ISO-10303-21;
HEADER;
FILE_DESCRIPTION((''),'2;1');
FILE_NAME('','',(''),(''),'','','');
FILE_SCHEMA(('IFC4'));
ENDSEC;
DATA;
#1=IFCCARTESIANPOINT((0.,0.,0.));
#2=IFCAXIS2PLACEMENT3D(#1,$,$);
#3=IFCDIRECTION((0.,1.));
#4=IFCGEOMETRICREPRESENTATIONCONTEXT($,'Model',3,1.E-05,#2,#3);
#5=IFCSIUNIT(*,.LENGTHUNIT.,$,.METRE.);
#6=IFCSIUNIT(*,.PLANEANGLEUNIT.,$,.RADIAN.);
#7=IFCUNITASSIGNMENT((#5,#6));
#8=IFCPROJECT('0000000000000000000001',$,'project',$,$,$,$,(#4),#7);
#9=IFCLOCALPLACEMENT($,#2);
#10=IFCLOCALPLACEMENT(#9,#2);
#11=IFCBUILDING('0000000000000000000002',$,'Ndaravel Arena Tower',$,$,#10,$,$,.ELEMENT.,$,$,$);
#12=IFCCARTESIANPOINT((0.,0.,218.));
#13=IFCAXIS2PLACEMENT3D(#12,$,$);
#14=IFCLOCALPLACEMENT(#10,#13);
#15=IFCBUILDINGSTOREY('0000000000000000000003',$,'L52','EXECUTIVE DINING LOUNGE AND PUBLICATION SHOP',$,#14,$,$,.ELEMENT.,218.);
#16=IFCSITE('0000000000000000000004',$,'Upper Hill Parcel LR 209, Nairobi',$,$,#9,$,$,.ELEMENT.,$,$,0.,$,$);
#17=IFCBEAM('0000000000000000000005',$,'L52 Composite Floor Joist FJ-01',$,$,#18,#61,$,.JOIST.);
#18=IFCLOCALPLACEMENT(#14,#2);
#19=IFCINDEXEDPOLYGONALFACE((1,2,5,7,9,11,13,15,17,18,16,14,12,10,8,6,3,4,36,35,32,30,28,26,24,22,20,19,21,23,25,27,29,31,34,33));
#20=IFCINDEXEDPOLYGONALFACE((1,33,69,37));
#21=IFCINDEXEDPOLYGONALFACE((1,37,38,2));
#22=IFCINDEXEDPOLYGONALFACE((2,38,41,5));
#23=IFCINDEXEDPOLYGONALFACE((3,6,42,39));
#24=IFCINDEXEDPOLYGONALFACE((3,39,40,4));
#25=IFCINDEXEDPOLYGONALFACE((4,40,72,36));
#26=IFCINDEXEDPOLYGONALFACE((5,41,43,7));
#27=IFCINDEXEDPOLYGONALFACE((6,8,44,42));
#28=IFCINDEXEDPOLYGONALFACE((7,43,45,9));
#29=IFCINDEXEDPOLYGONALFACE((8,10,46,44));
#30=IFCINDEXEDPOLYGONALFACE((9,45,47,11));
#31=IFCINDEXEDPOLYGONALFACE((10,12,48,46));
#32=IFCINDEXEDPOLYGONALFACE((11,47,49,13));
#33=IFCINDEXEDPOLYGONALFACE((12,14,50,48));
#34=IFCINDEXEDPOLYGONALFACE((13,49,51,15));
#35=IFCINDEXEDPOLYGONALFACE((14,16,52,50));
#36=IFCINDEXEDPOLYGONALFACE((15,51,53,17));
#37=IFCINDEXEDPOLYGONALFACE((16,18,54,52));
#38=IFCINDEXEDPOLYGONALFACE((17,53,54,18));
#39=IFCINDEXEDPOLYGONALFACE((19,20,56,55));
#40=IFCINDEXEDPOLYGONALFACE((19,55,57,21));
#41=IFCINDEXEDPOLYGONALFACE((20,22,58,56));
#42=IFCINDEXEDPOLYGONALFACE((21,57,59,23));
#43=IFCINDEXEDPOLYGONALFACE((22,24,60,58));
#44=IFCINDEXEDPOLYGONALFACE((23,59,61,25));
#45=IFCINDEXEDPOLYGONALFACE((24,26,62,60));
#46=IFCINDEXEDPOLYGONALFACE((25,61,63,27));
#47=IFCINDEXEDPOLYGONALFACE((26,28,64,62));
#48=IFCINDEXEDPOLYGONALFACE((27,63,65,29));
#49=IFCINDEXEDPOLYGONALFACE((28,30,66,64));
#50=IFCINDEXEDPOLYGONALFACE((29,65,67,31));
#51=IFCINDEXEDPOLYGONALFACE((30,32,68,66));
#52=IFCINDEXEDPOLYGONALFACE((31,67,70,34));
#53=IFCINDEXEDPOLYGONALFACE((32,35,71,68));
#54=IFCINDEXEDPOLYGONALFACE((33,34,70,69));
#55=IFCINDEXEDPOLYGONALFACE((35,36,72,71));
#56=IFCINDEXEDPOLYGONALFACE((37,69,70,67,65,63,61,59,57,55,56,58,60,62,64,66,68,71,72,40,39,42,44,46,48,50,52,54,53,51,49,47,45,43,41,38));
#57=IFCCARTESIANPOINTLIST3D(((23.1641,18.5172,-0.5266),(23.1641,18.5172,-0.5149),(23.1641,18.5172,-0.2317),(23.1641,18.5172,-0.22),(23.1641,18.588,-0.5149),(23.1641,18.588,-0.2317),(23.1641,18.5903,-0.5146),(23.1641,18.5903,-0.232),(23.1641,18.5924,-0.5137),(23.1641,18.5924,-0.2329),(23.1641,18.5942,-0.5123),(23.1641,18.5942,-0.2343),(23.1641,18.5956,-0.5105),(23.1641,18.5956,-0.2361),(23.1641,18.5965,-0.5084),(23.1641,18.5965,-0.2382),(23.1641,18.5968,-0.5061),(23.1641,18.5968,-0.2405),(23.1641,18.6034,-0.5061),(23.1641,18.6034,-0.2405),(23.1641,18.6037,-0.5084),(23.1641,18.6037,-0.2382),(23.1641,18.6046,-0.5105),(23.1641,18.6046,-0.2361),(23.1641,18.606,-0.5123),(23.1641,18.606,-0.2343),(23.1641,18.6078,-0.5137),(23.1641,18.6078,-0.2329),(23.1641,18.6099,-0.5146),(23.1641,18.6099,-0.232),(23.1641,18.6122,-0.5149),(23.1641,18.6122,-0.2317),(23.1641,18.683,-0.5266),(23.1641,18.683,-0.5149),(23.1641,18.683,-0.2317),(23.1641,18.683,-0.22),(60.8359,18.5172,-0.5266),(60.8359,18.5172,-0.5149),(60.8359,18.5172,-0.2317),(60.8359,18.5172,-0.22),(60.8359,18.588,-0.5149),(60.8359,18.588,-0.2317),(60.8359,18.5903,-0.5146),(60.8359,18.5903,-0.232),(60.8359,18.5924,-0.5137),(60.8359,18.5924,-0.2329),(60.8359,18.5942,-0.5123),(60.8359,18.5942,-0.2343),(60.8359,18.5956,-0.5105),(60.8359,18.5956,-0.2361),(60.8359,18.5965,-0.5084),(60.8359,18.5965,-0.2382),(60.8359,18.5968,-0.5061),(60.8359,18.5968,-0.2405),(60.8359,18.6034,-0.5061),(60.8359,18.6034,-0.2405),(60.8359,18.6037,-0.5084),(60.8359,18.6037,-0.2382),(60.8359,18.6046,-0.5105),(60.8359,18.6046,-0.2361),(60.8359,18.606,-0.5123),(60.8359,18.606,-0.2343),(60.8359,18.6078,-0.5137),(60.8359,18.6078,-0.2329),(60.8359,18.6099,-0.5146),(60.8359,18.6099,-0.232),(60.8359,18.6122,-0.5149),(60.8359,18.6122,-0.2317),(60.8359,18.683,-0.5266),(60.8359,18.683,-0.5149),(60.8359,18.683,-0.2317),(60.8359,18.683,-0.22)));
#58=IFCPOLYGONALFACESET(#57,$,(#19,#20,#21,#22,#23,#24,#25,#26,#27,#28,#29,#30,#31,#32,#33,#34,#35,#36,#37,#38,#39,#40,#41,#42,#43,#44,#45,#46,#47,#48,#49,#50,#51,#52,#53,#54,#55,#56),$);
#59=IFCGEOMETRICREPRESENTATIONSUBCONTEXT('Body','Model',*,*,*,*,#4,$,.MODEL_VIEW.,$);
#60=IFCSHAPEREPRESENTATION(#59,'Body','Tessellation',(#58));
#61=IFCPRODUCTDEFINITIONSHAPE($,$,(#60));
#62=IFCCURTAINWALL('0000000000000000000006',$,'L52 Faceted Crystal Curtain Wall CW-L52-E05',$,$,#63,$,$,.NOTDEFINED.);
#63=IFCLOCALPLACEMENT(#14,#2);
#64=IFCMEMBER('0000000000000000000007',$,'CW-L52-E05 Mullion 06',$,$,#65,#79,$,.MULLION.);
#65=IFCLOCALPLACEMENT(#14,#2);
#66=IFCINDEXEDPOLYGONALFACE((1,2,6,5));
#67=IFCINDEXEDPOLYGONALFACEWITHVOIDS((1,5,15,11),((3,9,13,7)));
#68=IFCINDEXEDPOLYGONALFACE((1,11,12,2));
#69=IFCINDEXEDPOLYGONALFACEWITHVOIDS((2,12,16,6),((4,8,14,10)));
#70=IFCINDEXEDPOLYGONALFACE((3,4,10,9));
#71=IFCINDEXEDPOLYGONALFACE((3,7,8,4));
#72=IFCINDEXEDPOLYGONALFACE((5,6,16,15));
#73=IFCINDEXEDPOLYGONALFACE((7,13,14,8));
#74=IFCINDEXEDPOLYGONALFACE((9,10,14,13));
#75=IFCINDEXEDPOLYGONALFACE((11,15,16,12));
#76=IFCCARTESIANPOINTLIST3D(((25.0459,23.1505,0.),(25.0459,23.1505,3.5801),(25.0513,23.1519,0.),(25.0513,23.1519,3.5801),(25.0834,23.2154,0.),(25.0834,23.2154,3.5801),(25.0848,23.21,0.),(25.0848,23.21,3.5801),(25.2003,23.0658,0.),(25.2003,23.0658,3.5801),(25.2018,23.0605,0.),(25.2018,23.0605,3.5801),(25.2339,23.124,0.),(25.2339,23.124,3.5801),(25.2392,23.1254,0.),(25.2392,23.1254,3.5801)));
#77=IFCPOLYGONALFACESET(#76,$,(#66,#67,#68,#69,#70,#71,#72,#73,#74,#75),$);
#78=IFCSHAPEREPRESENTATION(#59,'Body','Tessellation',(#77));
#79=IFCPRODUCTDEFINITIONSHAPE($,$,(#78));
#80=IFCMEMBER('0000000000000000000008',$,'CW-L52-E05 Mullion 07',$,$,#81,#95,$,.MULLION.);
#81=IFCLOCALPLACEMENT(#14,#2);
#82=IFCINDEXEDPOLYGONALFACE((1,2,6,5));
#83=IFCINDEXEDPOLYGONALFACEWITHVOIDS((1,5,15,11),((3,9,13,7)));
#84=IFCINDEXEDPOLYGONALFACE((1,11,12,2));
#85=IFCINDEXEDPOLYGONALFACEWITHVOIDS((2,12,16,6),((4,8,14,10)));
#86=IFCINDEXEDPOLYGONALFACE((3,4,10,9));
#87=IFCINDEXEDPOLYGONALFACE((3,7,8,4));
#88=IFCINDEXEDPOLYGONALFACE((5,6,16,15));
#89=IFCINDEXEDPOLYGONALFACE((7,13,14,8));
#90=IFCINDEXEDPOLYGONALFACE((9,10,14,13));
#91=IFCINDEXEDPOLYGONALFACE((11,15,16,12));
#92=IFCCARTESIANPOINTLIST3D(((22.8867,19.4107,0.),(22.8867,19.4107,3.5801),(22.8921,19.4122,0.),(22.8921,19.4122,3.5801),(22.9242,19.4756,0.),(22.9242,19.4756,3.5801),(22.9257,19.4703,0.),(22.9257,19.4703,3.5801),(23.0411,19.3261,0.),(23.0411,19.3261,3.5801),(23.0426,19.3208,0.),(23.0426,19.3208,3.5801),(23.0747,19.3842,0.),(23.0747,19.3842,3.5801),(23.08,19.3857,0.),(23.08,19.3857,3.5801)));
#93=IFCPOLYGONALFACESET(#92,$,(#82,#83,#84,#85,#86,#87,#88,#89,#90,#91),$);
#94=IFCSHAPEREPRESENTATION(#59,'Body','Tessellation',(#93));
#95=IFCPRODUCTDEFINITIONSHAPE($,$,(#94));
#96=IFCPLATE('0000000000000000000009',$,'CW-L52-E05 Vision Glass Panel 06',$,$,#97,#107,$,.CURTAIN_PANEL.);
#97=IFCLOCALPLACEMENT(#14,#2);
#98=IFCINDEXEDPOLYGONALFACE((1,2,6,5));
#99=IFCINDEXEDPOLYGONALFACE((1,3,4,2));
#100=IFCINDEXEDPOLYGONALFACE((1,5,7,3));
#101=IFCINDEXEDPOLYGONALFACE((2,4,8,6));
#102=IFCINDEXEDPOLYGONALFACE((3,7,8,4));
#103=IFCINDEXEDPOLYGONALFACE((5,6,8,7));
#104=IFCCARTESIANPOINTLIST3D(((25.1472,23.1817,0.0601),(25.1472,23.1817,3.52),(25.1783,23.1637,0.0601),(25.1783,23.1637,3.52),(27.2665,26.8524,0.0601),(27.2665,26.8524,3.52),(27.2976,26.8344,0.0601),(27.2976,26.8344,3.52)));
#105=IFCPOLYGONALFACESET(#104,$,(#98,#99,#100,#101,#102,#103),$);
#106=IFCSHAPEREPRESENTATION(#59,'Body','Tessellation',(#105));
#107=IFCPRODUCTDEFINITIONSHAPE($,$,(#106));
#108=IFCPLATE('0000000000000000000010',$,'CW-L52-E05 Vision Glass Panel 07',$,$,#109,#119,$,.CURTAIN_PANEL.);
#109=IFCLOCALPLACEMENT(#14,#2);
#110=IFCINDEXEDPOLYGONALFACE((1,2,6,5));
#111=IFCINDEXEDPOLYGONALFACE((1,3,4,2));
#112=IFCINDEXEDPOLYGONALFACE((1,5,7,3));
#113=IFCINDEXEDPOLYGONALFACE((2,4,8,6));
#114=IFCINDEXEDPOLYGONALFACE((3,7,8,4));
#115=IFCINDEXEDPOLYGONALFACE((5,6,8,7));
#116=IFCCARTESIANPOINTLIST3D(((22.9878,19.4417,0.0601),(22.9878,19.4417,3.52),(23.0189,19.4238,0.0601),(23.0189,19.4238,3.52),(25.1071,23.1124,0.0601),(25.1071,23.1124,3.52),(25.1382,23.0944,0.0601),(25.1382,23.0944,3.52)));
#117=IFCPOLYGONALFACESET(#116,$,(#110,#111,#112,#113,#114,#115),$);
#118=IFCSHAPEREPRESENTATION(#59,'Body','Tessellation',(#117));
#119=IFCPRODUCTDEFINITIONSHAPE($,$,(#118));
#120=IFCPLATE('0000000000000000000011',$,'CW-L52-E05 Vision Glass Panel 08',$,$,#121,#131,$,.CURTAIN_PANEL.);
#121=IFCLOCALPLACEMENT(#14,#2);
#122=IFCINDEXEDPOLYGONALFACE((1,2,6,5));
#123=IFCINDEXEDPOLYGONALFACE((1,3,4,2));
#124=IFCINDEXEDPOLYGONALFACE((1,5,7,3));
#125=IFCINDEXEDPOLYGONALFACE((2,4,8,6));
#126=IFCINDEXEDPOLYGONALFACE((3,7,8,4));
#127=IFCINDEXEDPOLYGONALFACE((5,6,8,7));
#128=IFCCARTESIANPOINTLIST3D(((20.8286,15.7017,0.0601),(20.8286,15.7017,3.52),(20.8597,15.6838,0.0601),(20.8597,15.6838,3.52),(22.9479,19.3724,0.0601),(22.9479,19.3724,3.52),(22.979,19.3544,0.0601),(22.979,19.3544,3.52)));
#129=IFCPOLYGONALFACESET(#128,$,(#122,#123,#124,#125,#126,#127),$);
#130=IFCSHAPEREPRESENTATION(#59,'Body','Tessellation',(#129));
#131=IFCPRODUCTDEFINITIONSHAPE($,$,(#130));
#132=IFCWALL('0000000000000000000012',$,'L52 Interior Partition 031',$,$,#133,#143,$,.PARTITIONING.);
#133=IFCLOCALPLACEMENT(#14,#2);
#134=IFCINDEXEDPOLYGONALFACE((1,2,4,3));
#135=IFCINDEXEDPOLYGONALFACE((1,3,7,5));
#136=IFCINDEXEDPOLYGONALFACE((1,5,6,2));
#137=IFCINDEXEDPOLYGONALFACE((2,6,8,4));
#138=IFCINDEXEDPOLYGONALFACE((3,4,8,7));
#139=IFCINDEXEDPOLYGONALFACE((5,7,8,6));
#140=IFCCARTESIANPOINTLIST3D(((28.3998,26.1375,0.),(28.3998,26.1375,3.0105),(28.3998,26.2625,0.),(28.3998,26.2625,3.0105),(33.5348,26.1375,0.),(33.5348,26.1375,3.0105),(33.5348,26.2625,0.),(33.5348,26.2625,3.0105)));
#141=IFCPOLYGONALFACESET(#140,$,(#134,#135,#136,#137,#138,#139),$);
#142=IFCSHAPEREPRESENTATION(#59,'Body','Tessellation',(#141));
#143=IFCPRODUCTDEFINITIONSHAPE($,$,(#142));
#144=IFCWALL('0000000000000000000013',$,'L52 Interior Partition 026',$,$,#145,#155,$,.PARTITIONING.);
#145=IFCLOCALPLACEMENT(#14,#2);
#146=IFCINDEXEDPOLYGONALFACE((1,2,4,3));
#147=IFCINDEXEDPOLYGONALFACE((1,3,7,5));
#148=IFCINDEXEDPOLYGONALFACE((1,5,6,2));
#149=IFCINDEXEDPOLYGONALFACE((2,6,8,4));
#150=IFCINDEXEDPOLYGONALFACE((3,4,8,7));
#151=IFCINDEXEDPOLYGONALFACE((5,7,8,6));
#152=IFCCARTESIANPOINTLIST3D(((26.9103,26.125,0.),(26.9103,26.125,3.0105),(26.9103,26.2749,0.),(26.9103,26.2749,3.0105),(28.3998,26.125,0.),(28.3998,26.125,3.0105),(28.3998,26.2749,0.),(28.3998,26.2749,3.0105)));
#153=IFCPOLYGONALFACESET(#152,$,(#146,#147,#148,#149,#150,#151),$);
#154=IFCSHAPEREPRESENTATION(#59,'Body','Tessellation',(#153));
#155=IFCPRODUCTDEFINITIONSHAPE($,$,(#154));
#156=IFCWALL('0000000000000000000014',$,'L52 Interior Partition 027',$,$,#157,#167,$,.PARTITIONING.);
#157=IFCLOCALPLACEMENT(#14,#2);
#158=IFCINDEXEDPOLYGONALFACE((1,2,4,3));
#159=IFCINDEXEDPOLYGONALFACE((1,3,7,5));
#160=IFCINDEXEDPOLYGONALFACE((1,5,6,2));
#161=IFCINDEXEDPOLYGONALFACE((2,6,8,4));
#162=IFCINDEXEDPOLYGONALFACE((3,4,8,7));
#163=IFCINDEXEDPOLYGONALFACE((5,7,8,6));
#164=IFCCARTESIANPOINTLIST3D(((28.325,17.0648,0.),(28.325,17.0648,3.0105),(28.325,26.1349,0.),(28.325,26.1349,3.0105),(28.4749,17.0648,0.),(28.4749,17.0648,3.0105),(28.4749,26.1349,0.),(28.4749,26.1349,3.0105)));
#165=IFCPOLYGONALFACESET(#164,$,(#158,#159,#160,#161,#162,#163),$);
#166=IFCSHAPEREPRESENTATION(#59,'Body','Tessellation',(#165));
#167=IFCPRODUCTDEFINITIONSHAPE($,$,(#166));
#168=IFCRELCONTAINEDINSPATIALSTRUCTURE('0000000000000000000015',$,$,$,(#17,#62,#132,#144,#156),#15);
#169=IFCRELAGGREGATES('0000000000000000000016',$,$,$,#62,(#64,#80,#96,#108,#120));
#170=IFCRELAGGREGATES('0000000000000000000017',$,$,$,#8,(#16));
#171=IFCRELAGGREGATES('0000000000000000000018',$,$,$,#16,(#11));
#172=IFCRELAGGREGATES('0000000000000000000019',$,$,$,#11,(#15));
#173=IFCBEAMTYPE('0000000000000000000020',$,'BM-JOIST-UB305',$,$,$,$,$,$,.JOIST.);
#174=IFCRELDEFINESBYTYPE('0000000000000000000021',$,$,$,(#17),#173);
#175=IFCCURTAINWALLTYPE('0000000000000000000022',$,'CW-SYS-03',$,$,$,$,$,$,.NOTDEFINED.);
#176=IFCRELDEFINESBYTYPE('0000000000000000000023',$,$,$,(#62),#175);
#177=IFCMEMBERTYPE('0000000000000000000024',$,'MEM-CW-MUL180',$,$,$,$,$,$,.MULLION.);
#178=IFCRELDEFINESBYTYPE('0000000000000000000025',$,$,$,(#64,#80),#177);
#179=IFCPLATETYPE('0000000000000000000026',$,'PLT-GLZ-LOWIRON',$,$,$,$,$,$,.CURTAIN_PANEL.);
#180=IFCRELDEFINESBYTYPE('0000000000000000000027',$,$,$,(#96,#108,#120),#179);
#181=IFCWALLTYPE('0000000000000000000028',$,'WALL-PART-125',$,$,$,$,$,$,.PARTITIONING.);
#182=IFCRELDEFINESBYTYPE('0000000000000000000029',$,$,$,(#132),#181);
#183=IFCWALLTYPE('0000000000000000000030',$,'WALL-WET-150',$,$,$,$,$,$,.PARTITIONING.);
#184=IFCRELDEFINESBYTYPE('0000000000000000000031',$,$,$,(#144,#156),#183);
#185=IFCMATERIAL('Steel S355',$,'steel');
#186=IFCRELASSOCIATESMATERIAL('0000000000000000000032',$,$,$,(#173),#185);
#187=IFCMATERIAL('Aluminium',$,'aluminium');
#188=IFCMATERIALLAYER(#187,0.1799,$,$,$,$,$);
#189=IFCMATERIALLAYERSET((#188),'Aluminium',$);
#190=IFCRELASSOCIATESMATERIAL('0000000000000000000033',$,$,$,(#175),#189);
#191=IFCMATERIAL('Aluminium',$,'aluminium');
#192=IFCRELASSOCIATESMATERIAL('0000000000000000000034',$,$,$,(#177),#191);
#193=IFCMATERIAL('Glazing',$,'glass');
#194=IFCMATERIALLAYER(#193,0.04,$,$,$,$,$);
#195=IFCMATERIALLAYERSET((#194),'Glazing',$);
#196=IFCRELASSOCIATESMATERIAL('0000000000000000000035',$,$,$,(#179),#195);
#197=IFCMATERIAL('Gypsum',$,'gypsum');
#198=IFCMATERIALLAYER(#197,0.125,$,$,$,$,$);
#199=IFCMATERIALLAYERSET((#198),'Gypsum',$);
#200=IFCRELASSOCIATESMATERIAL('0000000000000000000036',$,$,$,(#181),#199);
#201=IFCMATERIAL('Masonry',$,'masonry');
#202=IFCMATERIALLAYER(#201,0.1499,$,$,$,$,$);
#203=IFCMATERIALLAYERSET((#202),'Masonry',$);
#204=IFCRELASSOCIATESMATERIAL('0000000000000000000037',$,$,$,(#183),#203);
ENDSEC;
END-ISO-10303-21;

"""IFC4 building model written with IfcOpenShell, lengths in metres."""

from ifc_helpers import new_model, si_unit, direction, frame, frame_2d, origin, origin_2d, place, context, subcontext, project, spatial, rectangle, hollow_rectangle, i_section, extrude, material, layer, layer_set, material_profile, profile_set, type_object, element, aggregate, save


model = new_model("IFC4")

# Units and contexts
model_context = context("Model", 3, precision=1e-05, world=origin(), true_north=direction((0.0, 1.0)))
body_context = subcontext(model_context, "Body", "Model", "MODEL_VIEW")
ifc_project = project(units=[si_unit("LENGTHUNIT", "METRE"), si_unit("PLANEANGLEUNIT", "RADIAN")], contexts=[model_context])

# Site, building, storey
site_placement = place(None, origin())
site = spatial("IfcSite", under=ifc_project, at=site_placement, Name="Upper Hill Parcel LR 209, Nairobi", CompositionType="ELEMENT", RefElevation=0.0)
building_placement = place(site_placement, origin())
building = spatial("IfcBuilding", under=site, at=building_placement, Name="Ndaravel Arena Tower", CompositionType="ELEMENT")
storey_placement = place(building_placement, frame((0.0, 0.0, 218.0)))
storey = spatial("IfcBuildingStorey", under=building, at=storey_placement, Name="L52", Description="EXECUTIVE DINING LOUNGE AND PUBLICATION SHOP", CompositionType="ELEMENT", Elevation=218.0)

# Beam
ifc_material_1 = material(Name="Steel S355", Category="steel")
ifc_material_profile_1 = material_profile(ifc_material_1, i_section(OverallWidth=0.1658, OverallDepth=0.3066, WebThickness=0.0066, FlangeThickness=0.0117, FilletRadius=0.0088, at=origin_2d()), Name="UB 305x165x46")
ifc_profile_set_1 = profile_set([ifc_material_profile_1], Name="Steel S355")
beam_type = type_object("IfcBeamType", Name="BM-JOIST-UB305", PredefinedType="JOIST", material=ifc_profile_set_1)
beam_placement = place(storey_placement, frame((23.1641, 18.6001, -0.3733), z_axis=(1.0, 0.0, 0.0), x_axis=(0.0, 1.0, 0.0)))
element("IfcBeam", 1, at=beam_placement, inside=storey, type_object=beam_type, Name="L52 Composite Floor Joist FJ-01", PredefinedType="JOIST", context=body_context, shape_type="SweptSolid", body=[
    extrude(i_section(OverallWidth=0.1658, OverallDepth=0.3066, WebThickness=0.0066, FlangeThickness=0.0117, FilletRadius=0.0088, at=origin_2d()), origin(), (0.0, 0.0, 1.0), 37.6719),
])

# Curtain wall, members, plates
ifc_material_2 = material(Name="Aluminium", Category="aluminium")
ifc_layer_1 = layer(ifc_material_2, 0.1799)
ifc_layer_set_1 = layer_set([ifc_layer_1], Name="Aluminium")
curtain_wall_type = type_object("IfcCurtainWallType", Name="CW-SYS-03", PredefinedType="NOTDEFINED", material=ifc_layer_set_1)
curtain_wall_placement = place(storey_placement, origin())
curtain_wall = element("IfcCurtainWall", 2, at=curtain_wall_placement, inside=storey, type_object=curtain_wall_type, Name="L52 Faceted Crystal Curtain Wall CW-L52-E05", PredefinedType="NOTDEFINED")
ifc_material_3 = material(Name="Aluminium", Category="aluminium")
ifc_material_profile_2 = material_profile(ifc_material_3, hollow_rectangle(XDim=0.075, YDim=0.1799, WallThickness=0.0039, at=origin_2d()), Name="CW MULLION 75x180x4")
ifc_profile_set_2 = profile_set([ifc_material_profile_2], Name="Aluminium")
member_type = type_object("IfcMemberType", Name="MEM-CW-MUL180", PredefinedType="MULLION", material=ifc_profile_set_2)
member_1_placement = place(storey_placement, frame((25.1426, 23.1379, 0.0), z_axis=(0.0, 0.0, 1.0), x_axis=(-0.5, -0.866025, 0.0)))
member_1 = element("IfcMember", 3, at=member_1_placement, type_object=member_type, Name="CW-L52-E05 Mullion 06", PredefinedType="MULLION", context=body_context, shape_type="SweptSolid", body=[
    extrude(hollow_rectangle(XDim=0.075, YDim=0.1799, WallThickness=0.0039, at=origin_2d()), origin(), (0.0, 0.0, 1.0), 3.5801),
])
member_2_placement = place(storey_placement, frame((22.9834, 19.3982, 0.0), z_axis=(0.0, 0.0, 1.0), x_axis=(-0.5, -0.866025, 0.0)))
member_2 = element("IfcMember", 4, at=member_2_placement, type_object=member_type, Name="CW-L52-E05 Mullion 07", PredefinedType="MULLION", context=body_context, shape_type="SweptSolid", body=[
    extrude(hollow_rectangle(XDim=0.075, YDim=0.1799, WallThickness=0.0039, at=origin_2d()), origin(), (0.0, 0.0, 1.0), 3.5801),
])
ifc_material_4 = material(Name="Glazing", Category="glass")
ifc_layer_2 = layer(ifc_material_4, 0.04)
ifc_layer_set_2 = layer_set([ifc_layer_2], Name="Glazing")
plate_type = type_object("IfcPlateType", Name="PLT-GLZ-LOWIRON", PredefinedType="CURTAIN_PANEL", material=ifc_layer_set_2)
plate_1_placement = place(storey_placement, frame((26.2224, 25.0081, 0.0601), z_axis=(0.0, 0.0, 1.0), x_axis=(-0.5, -0.866025, 0.0)))
plate_1 = element("IfcPlate", 5, at=plate_1_placement, type_object=plate_type, Name="CW-L52-E05 Vision Glass Panel 06", PredefinedType="CURTAIN_PANEL", context=body_context, shape_type="SweptSolid", body=[
    extrude(rectangle(XDim=4.2385, YDim=0.0359, at=origin_2d()), origin(), (0.0, 0.0, 1.0), 3.46),
])
plate_2_placement = place(storey_placement, frame((24.063, 21.2681, 0.0601), z_axis=(0.0, 0.0, 1.0), x_axis=(-0.5, -0.866025, 0.0)))
plate_2 = element("IfcPlate", 6, at=plate_2_placement, type_object=plate_type, Name="CW-L52-E05 Vision Glass Panel 07", PredefinedType="CURTAIN_PANEL", context=body_context, shape_type="SweptSolid", body=[
    extrude(rectangle(XDim=4.2385, YDim=0.0359, at=origin_2d()), origin(), (0.0, 0.0, 1.0), 3.46),
])
plate_3_placement = place(storey_placement, frame((21.9038, 17.5281, 0.0601), z_axis=(0.0, 0.0, 1.0), x_axis=(-0.5, -0.866025, 0.0)))
plate_3 = element("IfcPlate", 7, at=plate_3_placement, type_object=plate_type, Name="CW-L52-E05 Vision Glass Panel 08", PredefinedType="CURTAIN_PANEL", context=body_context, shape_type="SweptSolid", body=[
    extrude(rectangle(XDim=4.2385, YDim=0.0359, at=origin_2d()), origin(), (0.0, 0.0, 1.0), 3.46),
])
aggregate(curtain_wall, [member_1, member_2, plate_1, plate_2, plate_3])

# Walls
ifc_material_5 = material(Name="Gypsum", Category="gypsum")
ifc_layer_3 = layer(ifc_material_5, 0.125)
ifc_layer_set_3 = layer_set([ifc_layer_3], Name="Gypsum")
wall_type_1 = type_object("IfcWallType", Name="WALL-PART-125", PredefinedType="PARTITIONING", material=ifc_layer_set_3)
wall_1_placement = place(storey_placement, frame((28.3999, 26.2, 0.0), z_axis=(0.0, 0.0, 1.0), x_axis=(1.0, 0.0, 0.0)))
element("IfcWall", 8, at=wall_1_placement, inside=storey, type_object=wall_type_1, Name="L52 Interior Partition 031", PredefinedType="PARTITIONING", context=body_context, shape_type="SweptSolid", body=[
    extrude(rectangle(XDim=5.135, YDim=0.125, at=frame_2d((2.5674, 0.0))), origin(), (0.0, 0.0, 1.0), 3.0105),
])
ifc_material_6 = material(Name="Masonry", Category="masonry")
ifc_layer_4 = layer(ifc_material_6, 0.1499)
ifc_layer_set_4 = layer_set([ifc_layer_4], Name="Masonry")
wall_type_2 = type_object("IfcWallType", Name="WALL-WET-150", PredefinedType="PARTITIONING", material=ifc_layer_set_4)
wall_2_placement = place(storey_placement, frame((26.9104, 26.2, 0.0), z_axis=(0.0, 0.0, 1.0), x_axis=(1.0, 0.0, 0.0)))
element("IfcWall", 9, at=wall_2_placement, inside=storey, type_object=wall_type_2, Name="L52 Interior Partition 026", PredefinedType="PARTITIONING", context=body_context, shape_type="SweptSolid", body=[
    extrude(rectangle(XDim=1.4895, YDim=0.1499, at=frame_2d((0.7446, 0.0))), origin(), (0.0, 0.0, 1.0), 3.0105),
])
wall_3_placement = place(storey_placement, frame((28.3999, 26.135, 0.0), z_axis=(0.0, 0.0, 1.0), x_axis=(0.0, -1.0, 0.0)))
element("IfcWall", 10, at=wall_3_placement, inside=storey, type_object=wall_type_2, Name="L52 Interior Partition 027", PredefinedType="PARTITIONING", context=body_context, shape_type="SweptSolid", body=[
    extrude(rectangle(XDim=9.0701, YDim=0.1499, at=frame_2d((4.5352, 0.0))), origin(), (0.0, 0.0, 1.0), 3.0105),
])

save(model, "model.ifc")
